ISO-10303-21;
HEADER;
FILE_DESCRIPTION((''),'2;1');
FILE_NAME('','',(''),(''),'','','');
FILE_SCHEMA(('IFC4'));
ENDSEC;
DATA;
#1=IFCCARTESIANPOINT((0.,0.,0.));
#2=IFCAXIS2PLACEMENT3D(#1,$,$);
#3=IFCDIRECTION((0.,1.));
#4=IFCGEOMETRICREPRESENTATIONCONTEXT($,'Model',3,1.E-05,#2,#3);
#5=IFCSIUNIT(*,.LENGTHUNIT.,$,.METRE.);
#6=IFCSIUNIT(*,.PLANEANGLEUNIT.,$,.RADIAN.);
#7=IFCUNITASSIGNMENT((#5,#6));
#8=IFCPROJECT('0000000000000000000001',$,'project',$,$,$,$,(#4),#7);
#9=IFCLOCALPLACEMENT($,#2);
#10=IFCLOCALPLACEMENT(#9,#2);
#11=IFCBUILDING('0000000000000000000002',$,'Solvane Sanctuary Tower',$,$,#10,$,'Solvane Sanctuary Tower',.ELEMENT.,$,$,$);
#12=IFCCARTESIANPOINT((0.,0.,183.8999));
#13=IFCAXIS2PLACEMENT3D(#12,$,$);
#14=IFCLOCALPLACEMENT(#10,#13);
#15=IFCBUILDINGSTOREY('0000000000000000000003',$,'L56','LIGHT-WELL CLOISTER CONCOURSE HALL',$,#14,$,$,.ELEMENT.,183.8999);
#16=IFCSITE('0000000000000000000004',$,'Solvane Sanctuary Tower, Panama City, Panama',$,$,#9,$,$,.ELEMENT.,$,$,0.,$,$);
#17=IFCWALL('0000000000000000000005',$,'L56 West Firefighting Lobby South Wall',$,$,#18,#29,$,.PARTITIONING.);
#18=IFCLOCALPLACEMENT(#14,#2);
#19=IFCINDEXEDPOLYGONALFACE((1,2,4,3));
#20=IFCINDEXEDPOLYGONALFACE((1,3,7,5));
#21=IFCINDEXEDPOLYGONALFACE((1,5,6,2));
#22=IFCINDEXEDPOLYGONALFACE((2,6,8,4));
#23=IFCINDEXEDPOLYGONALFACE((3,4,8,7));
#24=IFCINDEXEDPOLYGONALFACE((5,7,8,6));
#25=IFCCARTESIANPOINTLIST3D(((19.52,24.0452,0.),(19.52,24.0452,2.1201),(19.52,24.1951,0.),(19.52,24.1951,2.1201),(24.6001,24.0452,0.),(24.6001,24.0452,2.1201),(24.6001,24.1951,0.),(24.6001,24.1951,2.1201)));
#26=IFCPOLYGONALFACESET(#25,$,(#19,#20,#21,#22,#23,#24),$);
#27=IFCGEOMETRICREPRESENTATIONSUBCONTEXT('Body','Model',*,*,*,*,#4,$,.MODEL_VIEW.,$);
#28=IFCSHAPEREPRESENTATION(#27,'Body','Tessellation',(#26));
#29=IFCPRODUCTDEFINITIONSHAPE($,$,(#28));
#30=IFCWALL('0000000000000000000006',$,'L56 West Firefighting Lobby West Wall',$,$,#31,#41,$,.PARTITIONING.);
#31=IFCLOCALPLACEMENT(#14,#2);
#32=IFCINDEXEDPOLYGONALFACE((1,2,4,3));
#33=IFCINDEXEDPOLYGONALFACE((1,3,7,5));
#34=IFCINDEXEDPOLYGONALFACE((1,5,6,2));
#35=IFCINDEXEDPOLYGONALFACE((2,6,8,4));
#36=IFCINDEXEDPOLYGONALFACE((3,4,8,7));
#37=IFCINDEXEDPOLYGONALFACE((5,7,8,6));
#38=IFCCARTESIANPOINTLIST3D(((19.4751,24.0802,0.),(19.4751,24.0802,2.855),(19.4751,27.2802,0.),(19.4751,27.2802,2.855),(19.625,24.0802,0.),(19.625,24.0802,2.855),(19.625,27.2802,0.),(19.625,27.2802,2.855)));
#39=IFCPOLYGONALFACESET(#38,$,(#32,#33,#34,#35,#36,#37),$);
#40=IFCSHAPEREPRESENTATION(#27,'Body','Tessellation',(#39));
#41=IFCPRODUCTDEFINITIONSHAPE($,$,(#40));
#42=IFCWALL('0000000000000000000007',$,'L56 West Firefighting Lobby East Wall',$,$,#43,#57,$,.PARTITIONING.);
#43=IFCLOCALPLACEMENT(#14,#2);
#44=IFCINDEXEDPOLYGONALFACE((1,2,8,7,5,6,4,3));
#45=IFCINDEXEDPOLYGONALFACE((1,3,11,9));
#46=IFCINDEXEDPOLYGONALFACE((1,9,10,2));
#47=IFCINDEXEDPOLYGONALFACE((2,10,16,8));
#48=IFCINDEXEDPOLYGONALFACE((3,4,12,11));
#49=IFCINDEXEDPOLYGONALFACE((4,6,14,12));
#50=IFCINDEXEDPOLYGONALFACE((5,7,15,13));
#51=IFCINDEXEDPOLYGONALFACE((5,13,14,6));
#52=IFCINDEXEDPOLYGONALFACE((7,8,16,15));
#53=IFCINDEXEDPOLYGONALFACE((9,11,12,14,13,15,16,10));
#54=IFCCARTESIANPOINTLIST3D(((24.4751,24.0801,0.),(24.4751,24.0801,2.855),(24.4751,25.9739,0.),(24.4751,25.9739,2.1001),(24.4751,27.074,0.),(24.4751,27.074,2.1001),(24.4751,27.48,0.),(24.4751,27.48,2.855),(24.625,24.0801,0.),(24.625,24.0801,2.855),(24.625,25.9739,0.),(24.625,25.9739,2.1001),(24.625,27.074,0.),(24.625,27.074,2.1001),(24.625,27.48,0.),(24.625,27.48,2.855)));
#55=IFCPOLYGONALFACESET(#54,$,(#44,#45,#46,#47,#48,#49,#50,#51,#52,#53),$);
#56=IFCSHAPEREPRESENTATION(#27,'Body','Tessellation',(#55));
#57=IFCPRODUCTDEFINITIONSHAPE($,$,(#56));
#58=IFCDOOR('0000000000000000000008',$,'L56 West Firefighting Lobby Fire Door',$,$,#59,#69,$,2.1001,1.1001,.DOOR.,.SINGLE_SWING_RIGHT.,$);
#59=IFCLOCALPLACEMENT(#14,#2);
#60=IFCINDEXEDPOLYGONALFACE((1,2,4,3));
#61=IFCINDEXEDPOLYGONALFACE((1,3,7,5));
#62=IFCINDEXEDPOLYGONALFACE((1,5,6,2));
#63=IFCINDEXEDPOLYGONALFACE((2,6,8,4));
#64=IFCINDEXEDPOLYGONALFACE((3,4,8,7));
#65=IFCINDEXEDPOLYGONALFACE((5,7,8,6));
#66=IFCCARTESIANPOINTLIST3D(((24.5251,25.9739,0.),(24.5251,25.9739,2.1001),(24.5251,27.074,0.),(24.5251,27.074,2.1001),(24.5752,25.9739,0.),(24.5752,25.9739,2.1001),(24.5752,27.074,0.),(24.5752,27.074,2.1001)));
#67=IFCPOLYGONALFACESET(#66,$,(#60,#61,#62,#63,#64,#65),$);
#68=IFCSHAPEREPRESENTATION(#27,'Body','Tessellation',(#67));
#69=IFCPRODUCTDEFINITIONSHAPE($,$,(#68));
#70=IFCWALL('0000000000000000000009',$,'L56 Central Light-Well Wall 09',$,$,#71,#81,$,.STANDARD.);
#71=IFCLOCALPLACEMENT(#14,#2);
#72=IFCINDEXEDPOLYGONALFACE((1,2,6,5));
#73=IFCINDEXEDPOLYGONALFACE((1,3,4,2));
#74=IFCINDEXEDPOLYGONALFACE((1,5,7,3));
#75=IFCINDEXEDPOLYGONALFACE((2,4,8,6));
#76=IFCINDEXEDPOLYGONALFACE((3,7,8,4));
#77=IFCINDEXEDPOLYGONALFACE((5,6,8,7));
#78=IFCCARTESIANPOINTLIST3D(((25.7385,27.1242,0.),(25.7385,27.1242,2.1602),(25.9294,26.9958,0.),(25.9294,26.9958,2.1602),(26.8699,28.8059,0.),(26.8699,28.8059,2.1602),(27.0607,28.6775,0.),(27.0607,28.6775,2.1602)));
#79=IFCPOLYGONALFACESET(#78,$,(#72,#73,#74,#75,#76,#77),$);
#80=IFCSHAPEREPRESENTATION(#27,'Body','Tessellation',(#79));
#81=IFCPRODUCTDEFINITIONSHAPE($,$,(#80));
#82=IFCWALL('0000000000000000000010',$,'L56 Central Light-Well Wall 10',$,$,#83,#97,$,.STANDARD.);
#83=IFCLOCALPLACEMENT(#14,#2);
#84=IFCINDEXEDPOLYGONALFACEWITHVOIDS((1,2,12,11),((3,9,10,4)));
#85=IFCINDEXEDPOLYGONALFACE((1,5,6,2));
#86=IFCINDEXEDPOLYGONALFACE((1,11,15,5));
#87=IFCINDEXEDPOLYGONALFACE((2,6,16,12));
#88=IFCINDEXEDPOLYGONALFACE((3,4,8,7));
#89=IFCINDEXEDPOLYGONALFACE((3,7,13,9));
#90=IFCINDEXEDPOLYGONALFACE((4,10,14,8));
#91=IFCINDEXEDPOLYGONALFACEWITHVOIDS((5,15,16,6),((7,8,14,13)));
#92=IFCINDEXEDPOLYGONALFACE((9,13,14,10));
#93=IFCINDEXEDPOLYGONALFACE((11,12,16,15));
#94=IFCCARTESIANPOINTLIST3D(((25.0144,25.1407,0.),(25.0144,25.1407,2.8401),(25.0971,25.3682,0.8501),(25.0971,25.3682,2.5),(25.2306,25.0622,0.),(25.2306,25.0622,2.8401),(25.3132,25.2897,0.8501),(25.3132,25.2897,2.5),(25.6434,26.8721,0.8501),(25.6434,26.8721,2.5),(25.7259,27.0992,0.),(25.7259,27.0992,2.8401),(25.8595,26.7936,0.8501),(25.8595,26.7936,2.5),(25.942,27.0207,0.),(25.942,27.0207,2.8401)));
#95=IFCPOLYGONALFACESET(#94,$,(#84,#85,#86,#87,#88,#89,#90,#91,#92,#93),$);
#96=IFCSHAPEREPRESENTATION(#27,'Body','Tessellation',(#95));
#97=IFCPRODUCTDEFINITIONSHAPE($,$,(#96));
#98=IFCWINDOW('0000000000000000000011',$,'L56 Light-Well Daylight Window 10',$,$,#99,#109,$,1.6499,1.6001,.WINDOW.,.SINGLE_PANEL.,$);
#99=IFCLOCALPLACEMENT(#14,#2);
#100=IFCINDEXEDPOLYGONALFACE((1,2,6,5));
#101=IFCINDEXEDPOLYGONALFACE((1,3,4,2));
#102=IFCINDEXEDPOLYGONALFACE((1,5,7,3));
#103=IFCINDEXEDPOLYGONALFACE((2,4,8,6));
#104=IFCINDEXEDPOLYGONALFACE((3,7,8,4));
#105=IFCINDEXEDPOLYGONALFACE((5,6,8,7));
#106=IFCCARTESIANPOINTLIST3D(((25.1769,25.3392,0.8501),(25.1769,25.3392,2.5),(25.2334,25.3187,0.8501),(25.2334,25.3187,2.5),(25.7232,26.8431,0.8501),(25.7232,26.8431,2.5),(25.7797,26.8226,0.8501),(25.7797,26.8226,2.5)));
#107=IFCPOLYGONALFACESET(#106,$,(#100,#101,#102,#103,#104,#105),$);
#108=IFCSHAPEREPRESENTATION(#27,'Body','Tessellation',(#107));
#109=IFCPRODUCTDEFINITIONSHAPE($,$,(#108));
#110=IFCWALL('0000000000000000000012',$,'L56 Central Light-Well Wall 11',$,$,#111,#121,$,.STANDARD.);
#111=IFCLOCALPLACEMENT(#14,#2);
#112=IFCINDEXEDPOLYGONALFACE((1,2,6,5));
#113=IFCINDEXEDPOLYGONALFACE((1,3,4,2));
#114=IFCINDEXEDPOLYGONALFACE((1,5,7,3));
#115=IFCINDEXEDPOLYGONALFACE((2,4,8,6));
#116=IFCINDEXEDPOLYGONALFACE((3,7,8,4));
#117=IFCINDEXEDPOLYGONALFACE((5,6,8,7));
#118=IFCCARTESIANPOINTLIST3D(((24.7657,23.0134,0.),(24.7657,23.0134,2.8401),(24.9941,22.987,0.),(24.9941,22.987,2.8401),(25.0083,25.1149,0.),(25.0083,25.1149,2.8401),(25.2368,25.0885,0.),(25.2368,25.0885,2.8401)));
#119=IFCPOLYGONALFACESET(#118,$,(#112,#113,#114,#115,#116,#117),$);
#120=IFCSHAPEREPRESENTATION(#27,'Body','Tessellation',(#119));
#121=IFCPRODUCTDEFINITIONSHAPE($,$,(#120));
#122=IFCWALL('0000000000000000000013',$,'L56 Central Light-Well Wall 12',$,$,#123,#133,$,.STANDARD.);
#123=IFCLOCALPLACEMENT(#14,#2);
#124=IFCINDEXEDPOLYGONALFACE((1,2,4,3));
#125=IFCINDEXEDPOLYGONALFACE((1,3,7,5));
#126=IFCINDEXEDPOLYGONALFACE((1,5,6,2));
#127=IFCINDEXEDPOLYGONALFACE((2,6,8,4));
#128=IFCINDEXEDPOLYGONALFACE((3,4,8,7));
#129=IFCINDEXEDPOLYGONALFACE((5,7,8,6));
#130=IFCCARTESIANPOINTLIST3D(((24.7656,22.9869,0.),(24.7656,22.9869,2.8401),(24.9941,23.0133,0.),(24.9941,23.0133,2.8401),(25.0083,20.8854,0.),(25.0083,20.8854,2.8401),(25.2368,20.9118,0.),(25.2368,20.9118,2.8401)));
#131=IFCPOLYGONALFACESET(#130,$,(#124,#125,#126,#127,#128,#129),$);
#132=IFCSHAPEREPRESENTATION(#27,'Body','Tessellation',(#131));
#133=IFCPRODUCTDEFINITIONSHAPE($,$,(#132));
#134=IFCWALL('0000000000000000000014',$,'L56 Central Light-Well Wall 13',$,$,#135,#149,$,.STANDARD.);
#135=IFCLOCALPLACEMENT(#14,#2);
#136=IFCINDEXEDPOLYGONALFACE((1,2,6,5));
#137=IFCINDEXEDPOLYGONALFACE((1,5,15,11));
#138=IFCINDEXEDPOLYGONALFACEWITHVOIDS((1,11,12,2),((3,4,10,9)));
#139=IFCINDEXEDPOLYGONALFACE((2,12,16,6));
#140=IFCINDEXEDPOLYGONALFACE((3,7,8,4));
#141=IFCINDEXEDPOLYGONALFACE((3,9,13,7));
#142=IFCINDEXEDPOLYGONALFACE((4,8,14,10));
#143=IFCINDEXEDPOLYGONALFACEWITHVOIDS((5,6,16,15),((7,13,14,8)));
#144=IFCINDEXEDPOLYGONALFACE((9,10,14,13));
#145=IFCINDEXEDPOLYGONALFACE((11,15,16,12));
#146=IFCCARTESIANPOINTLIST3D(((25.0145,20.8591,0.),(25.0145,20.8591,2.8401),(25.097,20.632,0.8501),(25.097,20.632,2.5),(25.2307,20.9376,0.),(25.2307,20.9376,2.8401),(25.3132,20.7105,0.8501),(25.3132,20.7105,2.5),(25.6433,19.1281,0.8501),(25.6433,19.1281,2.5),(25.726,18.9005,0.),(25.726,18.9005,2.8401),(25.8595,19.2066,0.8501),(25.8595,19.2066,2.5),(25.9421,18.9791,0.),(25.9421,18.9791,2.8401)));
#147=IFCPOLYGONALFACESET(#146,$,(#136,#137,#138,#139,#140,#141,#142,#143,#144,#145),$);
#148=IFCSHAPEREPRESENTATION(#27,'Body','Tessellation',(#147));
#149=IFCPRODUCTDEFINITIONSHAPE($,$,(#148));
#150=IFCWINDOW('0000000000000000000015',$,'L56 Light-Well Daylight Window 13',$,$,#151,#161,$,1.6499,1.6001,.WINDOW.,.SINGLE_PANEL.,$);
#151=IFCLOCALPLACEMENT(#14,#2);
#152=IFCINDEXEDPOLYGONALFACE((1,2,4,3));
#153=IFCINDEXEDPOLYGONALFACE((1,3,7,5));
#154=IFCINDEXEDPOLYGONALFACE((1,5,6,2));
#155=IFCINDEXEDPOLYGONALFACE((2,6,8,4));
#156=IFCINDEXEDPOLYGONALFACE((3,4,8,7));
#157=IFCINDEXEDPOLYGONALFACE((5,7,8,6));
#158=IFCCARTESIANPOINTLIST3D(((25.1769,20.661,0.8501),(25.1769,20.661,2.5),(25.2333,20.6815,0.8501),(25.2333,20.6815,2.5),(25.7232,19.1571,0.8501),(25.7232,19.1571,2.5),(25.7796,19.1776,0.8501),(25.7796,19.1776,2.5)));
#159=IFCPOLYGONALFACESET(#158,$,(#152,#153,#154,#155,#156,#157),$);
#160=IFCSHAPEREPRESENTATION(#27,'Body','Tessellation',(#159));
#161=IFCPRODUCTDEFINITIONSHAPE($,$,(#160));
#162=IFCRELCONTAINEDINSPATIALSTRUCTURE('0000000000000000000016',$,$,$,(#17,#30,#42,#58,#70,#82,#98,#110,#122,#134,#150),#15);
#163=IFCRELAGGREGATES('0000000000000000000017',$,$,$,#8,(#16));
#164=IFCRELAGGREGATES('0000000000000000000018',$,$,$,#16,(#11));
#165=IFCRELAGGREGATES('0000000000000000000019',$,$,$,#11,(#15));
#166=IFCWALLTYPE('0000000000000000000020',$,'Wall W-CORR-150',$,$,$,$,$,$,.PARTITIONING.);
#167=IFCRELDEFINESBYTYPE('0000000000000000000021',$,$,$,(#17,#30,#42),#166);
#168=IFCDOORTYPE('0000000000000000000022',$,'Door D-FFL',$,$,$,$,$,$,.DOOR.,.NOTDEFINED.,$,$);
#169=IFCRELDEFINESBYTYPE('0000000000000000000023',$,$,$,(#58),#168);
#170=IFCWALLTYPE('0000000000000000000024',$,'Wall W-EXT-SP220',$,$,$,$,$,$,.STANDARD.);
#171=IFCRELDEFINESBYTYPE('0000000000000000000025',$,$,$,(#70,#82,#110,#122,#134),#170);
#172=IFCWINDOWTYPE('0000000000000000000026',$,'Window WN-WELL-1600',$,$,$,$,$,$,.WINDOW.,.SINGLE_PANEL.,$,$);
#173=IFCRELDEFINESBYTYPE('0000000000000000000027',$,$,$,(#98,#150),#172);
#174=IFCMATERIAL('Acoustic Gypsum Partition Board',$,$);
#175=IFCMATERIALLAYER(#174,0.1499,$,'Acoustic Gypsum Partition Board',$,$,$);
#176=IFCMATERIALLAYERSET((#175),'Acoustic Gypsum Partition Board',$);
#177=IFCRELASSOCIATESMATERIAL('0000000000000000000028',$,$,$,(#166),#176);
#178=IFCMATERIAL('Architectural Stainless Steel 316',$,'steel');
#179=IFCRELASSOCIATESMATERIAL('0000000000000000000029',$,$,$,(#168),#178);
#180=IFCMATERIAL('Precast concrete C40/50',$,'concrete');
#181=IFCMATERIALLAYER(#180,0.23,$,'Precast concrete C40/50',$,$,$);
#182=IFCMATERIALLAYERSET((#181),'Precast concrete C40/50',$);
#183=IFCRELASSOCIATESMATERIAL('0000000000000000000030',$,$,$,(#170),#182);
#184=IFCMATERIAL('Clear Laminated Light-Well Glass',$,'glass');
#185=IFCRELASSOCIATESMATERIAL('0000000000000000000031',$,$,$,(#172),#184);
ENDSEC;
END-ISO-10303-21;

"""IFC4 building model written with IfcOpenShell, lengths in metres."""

from ifc_helpers import new_model, si_unit, direction, frame, frame_2d, origin, place, context, subcontext, project, spatial, rectangle, extrude, material, layer, layer_set, type_object, element, fill, save


model = new_model("IFC4")

# Units and contexts
model_context = context("Model", 3, precision=1e-05, world=origin(), true_north=direction((0.0, 1.0)))
body_context = subcontext(model_context, "Body", "Model", "MODEL_VIEW")
ifc_project = project(units=[si_unit("LENGTHUNIT", "METRE"), si_unit("PLANEANGLEUNIT", "RADIAN")], contexts=[model_context])

# Site, building, storey
site_placement = place(None, origin())
site = spatial("IfcSite", under=ifc_project, at=site_placement, Name="Solvane Sanctuary Tower, Panama City, Panama", CompositionType="ELEMENT", RefElevation=0.0)
building_placement = place(site_placement, origin())
building = spatial("IfcBuilding", under=site, at=building_placement, Name="Solvane Sanctuary Tower", LongName="Solvane Sanctuary Tower", CompositionType="ELEMENT")
storey_placement = place(building_placement, frame((0.0, 0.0, 183.8999)))
storey = spatial("IfcBuildingStorey", under=building, at=storey_placement, Name="L56", Description="LIGHT-WELL CLOISTER CONCOURSE HALL", CompositionType="ELEMENT", Elevation=183.8999)

# Walls
ifc_material_1 = material(Name="Acoustic Gypsum Partition Board")
ifc_layer_1 = layer(ifc_material_1, 0.1499, Name="Acoustic Gypsum Partition Board")
ifc_layer_set_1 = layer_set([ifc_layer_1], Name="Acoustic Gypsum Partition Board")
wall_type_1 = type_object("IfcWallType", Name="Wall W-CORR-150", PredefinedType="PARTITIONING", material=ifc_layer_set_1)
wall_1_placement = place(storey_placement, frame((19.52, 24.1201, 0.0), z_axis=(0.0, 0.0, 1.0), x_axis=(1.0, 0.0, 0.0)))
element("IfcWall", 1, at=wall_1_placement, inside=storey, type_object=wall_type_1, Name="L56 West Firefighting Lobby South Wall", PredefinedType="PARTITIONING", context=body_context, shape_type="SweptSolid", body=[
    extrude(rectangle(XDim=5.0801, YDim=0.1499, at=frame_2d((2.54, 0.0))), origin(), (0.0, 0.0, 1.0), 2.1201),
])
wall_2_placement = place(storey_placement, frame((19.55, 24.0801, 0.0), z_axis=(0.0, 0.0, 1.0), x_axis=(0.0, 1.0, 0.0)))
element("IfcWall", 2, at=wall_2_placement, inside=storey, type_object=wall_type_1, Name="L56 West Firefighting Lobby West Wall", PredefinedType="PARTITIONING", context=body_context, shape_type="SweptSolid", body=[
    extrude(rectangle(XDim=3.2, YDim=0.1499, at=frame_2d((1.6001, 0.0))), origin(), (0.0, 0.0, 1.0), 2.855),
])

# Wall, opening, door
wall_3_placement = place(storey_placement, frame((24.55, 24.0801, 0.0), z_axis=(0.0, 0.0, 1.0), x_axis=(0.0, 1.0, 0.0)))
wall_3 = element("IfcWall", 3, at=wall_3_placement, inside=storey, type_object=wall_type_1, Name="L56 West Firefighting Lobby East Wall", PredefinedType="PARTITIONING", context=body_context, shape_type="SweptSolid", body=[
    extrude(rectangle(XDim=3.3999, YDim=0.1499, at=frame_2d((1.7, 0.0))), origin(), (0.0, 0.0, 1.0), 2.855),
])
opening_1_placement = place(wall_3_placement, frame((1.8938, 0.0, 0.0)))
opening_1 = element("IfcOpeningElement", 4, at=opening_1_placement, cuts=wall_3, PredefinedType="OPENING", context=body_context, shape_type="SweptSolid", body=[
    extrude(rectangle(XDim=1.1001, YDim=2.1001, at=frame_2d((0.55, 1.05))), frame((0.0, 0.085, 0.0), z_axis=(0.0, -1.0, 0.0), x_axis=(1.0, 0.0, 0.0)), (0.0, 0.0, 1.0), 0.1699),
])
ifc_material_2 = material(Name="Architectural Stainless Steel 316", Category="steel")
door_type_1 = type_object("IfcDoorType", Name="Door D-FFL", OperationType="NOTDEFINED", PredefinedType="DOOR", material=ifc_material_2)
door_1_placement = place(opening_1_placement, origin())
door_1 = element("IfcDoor", 5, at=door_1_placement, inside=storey, type_object=door_type_1, Name="L56 West Firefighting Lobby Fire Door", OperationType="SINGLE_SWING_RIGHT", OverallHeight=2.1001, OverallWidth=1.1001, PredefinedType="DOOR", context=body_context, shape_type="SweptSolid", body=[
    extrude(rectangle(XDim=1.1001, YDim=2.1001, at=frame_2d((0.55, 1.05))), frame((0.0, 0.0249, 0.0), z_axis=(0.0, -1.0, 0.0), x_axis=(1.0, 0.0, 0.0)), (0.0, 0.0, 1.0), 0.05),
])
fill(opening_1, door_1)

# Wall
ifc_material_3 = material(Name="Precast concrete C40/50", Category="concrete")
ifc_layer_2 = layer(ifc_material_3, 0.23, Name="Precast concrete C40/50")
ifc_layer_set_2 = layer_set([ifc_layer_2], Name="Precast concrete C40/50")
wall_type_2 = type_object("IfcWallType", Name="Wall W-EXT-SP220", PredefinedType="STANDARD", material=ifc_layer_set_2)
wall_4_placement = place(storey_placement, frame((26.9653, 28.7417, 0.0), z_axis=(0.0, 0.0, 1.0), x_axis=(-0.558198, -0.829708, 0.0)))
element("IfcWall", 6, at=wall_4_placement, inside=storey, type_object=wall_type_2, Name="L56 Central Light-Well Wall 09", PredefinedType="STANDARD", context=body_context, shape_type="SweptSolid", body=[
    extrude(rectangle(XDim=2.0269, YDim=0.23, at=frame_2d((1.0134, 0.0))), origin(), (0.0, 0.0, 1.0), 2.1602),
])

# Wall, opening, window
wall_5_placement = place(storey_placement, frame((25.834, 27.0601, 0.0), z_axis=(0.0, 0.0, 1.0), x_axis=(-0.341423, -0.93991, 0.0)))
wall_5 = element("IfcWall", 7, at=wall_5_placement, inside=storey, type_object=wall_type_2, Name="L56 Central Light-Well Wall 10", PredefinedType="STANDARD", context=body_context, shape_type="SweptSolid", body=[
    extrude(rectangle(XDim=2.0837, YDim=0.23, at=frame_2d((1.042, 0.0))), origin(), (0.0, 0.0, 1.0), 2.8401),
])
opening_2_placement = place(wall_5_placement, frame((0.2417, 0.0, 0.8501)))
opening_2 = element("IfcOpeningElement", 8, at=opening_2_placement, cuts=wall_5, PredefinedType="OPENING", context=body_context, shape_type="SweptSolid", body=[
    extrude(rectangle(XDim=1.6001, YDim=1.6499, at=frame_2d((0.8, 0.825))), frame((0.0, 0.125, 0.0), z_axis=(0.0, -1.0, 0.0), x_axis=(1.0, 0.0, 0.0)), (0.0, 0.0, 1.0), 0.25),
])
ifc_material_4 = material(Name="Clear Laminated Light-Well Glass", Category="glass")
window_type = type_object("IfcWindowType", Name="Window WN-WELL-1600", PartitioningType="SINGLE_PANEL", PredefinedType="WINDOW", material=ifc_material_4)
window_1_placement = place(opening_2_placement, origin())
window_1 = element("IfcWindow", 9, at=window_1_placement, inside=storey, type_object=window_type, Name="L56 Light-Well Daylight Window 10", OverallHeight=1.6499, OverallWidth=1.6001, PartitioningType="SINGLE_PANEL", PredefinedType="WINDOW", context=body_context, shape_type="SweptSolid", body=[
    extrude(rectangle(XDim=1.6001, YDim=1.6499, at=frame_2d((0.8, 0.825))), frame((0.0, 0.03, 0.0), z_axis=(0.0, -1.0, 0.0), x_axis=(1.0, 0.0, 0.0)), (0.0, 0.0, 1.0), 0.0601),
])
fill(opening_2, window_1)

# Walls
for number, where, z_axis, x_axis, name in (
    (10, (25.1226, 25.1016, 0.0), (0.0, 0.0, 1.0), (-0.114712, -0.993399, 0.0), "L56 Central Light-Well Wall 11"),
    (11, (24.8799, 23.0, 0.0), (0.0, 0.0, 1.0), (0.114712, -0.993399, 0.0), "L56 Central Light-Well Wall 12"),
):
    element("IfcWall", number, at=place(storey_placement, frame(where, z_axis=z_axis, x_axis=x_axis)), inside=storey, type_object=wall_type_2, Name=name, PredefinedType="STANDARD", context=body_context, shape_type="SweptSolid", body=[
        extrude(rectangle(XDim=2.1155, YDim=0.23, at=frame_2d((1.0576, 0.0))), origin(), (0.0, 0.0, 1.0), 2.8401),
    ])

# Wall, opening, window
wall_6_placement = place(storey_placement, frame((25.1226, 20.8984, 0.0), z_axis=(0.0, 0.0, 1.0), x_axis=(0.341423, -0.93991, 0.0)))
wall_6 = element("IfcWall", 12, at=wall_6_placement, inside=storey, type_object=wall_type_2, Name="L56 Central Light-Well Wall 13", PredefinedType="STANDARD", context=body_context, shape_type="SweptSolid", body=[
    extrude(rectangle(XDim=2.0837, YDim=0.23, at=frame_2d((1.042, 0.0))), origin(), (0.0, 0.0, 1.0), 2.8401),
])
opening_3_placement = place(wall_6_placement, frame((0.2417, 0.0, 0.8501)))
opening_3 = element("IfcOpeningElement", 13, at=opening_3_placement, cuts=wall_6, PredefinedType="OPENING", context=body_context, shape_type="SweptSolid", body=[
    extrude(rectangle(XDim=1.6001, YDim=1.6499, at=frame_2d((0.8, 0.825))), frame((0.0, 0.125, 0.0), z_axis=(0.0, -1.0, 0.0), x_axis=(1.0, 0.0, 0.0)), (0.0, 0.0, 1.0), 0.25),
])
window_2_placement = place(opening_3_placement, origin())
window_2 = element("IfcWindow", 14, at=window_2_placement, inside=storey, type_object=window_type, Name="L56 Light-Well Daylight Window 13", OverallHeight=1.6499, OverallWidth=1.6001, PartitioningType="SINGLE_PANEL", PredefinedType="WINDOW", context=body_context, shape_type="SweptSolid", body=[
    extrude(rectangle(XDim=1.6001, YDim=1.6499, at=frame_2d((0.8, 0.825))), frame((0.0, 0.03, 0.0), z_axis=(0.0, -1.0, 0.0), x_axis=(1.0, 0.0, 0.0)), (0.0, 0.0, 1.0), 0.0601),
])
fill(opening_3, window_2)

save(model, "model.ifc")
